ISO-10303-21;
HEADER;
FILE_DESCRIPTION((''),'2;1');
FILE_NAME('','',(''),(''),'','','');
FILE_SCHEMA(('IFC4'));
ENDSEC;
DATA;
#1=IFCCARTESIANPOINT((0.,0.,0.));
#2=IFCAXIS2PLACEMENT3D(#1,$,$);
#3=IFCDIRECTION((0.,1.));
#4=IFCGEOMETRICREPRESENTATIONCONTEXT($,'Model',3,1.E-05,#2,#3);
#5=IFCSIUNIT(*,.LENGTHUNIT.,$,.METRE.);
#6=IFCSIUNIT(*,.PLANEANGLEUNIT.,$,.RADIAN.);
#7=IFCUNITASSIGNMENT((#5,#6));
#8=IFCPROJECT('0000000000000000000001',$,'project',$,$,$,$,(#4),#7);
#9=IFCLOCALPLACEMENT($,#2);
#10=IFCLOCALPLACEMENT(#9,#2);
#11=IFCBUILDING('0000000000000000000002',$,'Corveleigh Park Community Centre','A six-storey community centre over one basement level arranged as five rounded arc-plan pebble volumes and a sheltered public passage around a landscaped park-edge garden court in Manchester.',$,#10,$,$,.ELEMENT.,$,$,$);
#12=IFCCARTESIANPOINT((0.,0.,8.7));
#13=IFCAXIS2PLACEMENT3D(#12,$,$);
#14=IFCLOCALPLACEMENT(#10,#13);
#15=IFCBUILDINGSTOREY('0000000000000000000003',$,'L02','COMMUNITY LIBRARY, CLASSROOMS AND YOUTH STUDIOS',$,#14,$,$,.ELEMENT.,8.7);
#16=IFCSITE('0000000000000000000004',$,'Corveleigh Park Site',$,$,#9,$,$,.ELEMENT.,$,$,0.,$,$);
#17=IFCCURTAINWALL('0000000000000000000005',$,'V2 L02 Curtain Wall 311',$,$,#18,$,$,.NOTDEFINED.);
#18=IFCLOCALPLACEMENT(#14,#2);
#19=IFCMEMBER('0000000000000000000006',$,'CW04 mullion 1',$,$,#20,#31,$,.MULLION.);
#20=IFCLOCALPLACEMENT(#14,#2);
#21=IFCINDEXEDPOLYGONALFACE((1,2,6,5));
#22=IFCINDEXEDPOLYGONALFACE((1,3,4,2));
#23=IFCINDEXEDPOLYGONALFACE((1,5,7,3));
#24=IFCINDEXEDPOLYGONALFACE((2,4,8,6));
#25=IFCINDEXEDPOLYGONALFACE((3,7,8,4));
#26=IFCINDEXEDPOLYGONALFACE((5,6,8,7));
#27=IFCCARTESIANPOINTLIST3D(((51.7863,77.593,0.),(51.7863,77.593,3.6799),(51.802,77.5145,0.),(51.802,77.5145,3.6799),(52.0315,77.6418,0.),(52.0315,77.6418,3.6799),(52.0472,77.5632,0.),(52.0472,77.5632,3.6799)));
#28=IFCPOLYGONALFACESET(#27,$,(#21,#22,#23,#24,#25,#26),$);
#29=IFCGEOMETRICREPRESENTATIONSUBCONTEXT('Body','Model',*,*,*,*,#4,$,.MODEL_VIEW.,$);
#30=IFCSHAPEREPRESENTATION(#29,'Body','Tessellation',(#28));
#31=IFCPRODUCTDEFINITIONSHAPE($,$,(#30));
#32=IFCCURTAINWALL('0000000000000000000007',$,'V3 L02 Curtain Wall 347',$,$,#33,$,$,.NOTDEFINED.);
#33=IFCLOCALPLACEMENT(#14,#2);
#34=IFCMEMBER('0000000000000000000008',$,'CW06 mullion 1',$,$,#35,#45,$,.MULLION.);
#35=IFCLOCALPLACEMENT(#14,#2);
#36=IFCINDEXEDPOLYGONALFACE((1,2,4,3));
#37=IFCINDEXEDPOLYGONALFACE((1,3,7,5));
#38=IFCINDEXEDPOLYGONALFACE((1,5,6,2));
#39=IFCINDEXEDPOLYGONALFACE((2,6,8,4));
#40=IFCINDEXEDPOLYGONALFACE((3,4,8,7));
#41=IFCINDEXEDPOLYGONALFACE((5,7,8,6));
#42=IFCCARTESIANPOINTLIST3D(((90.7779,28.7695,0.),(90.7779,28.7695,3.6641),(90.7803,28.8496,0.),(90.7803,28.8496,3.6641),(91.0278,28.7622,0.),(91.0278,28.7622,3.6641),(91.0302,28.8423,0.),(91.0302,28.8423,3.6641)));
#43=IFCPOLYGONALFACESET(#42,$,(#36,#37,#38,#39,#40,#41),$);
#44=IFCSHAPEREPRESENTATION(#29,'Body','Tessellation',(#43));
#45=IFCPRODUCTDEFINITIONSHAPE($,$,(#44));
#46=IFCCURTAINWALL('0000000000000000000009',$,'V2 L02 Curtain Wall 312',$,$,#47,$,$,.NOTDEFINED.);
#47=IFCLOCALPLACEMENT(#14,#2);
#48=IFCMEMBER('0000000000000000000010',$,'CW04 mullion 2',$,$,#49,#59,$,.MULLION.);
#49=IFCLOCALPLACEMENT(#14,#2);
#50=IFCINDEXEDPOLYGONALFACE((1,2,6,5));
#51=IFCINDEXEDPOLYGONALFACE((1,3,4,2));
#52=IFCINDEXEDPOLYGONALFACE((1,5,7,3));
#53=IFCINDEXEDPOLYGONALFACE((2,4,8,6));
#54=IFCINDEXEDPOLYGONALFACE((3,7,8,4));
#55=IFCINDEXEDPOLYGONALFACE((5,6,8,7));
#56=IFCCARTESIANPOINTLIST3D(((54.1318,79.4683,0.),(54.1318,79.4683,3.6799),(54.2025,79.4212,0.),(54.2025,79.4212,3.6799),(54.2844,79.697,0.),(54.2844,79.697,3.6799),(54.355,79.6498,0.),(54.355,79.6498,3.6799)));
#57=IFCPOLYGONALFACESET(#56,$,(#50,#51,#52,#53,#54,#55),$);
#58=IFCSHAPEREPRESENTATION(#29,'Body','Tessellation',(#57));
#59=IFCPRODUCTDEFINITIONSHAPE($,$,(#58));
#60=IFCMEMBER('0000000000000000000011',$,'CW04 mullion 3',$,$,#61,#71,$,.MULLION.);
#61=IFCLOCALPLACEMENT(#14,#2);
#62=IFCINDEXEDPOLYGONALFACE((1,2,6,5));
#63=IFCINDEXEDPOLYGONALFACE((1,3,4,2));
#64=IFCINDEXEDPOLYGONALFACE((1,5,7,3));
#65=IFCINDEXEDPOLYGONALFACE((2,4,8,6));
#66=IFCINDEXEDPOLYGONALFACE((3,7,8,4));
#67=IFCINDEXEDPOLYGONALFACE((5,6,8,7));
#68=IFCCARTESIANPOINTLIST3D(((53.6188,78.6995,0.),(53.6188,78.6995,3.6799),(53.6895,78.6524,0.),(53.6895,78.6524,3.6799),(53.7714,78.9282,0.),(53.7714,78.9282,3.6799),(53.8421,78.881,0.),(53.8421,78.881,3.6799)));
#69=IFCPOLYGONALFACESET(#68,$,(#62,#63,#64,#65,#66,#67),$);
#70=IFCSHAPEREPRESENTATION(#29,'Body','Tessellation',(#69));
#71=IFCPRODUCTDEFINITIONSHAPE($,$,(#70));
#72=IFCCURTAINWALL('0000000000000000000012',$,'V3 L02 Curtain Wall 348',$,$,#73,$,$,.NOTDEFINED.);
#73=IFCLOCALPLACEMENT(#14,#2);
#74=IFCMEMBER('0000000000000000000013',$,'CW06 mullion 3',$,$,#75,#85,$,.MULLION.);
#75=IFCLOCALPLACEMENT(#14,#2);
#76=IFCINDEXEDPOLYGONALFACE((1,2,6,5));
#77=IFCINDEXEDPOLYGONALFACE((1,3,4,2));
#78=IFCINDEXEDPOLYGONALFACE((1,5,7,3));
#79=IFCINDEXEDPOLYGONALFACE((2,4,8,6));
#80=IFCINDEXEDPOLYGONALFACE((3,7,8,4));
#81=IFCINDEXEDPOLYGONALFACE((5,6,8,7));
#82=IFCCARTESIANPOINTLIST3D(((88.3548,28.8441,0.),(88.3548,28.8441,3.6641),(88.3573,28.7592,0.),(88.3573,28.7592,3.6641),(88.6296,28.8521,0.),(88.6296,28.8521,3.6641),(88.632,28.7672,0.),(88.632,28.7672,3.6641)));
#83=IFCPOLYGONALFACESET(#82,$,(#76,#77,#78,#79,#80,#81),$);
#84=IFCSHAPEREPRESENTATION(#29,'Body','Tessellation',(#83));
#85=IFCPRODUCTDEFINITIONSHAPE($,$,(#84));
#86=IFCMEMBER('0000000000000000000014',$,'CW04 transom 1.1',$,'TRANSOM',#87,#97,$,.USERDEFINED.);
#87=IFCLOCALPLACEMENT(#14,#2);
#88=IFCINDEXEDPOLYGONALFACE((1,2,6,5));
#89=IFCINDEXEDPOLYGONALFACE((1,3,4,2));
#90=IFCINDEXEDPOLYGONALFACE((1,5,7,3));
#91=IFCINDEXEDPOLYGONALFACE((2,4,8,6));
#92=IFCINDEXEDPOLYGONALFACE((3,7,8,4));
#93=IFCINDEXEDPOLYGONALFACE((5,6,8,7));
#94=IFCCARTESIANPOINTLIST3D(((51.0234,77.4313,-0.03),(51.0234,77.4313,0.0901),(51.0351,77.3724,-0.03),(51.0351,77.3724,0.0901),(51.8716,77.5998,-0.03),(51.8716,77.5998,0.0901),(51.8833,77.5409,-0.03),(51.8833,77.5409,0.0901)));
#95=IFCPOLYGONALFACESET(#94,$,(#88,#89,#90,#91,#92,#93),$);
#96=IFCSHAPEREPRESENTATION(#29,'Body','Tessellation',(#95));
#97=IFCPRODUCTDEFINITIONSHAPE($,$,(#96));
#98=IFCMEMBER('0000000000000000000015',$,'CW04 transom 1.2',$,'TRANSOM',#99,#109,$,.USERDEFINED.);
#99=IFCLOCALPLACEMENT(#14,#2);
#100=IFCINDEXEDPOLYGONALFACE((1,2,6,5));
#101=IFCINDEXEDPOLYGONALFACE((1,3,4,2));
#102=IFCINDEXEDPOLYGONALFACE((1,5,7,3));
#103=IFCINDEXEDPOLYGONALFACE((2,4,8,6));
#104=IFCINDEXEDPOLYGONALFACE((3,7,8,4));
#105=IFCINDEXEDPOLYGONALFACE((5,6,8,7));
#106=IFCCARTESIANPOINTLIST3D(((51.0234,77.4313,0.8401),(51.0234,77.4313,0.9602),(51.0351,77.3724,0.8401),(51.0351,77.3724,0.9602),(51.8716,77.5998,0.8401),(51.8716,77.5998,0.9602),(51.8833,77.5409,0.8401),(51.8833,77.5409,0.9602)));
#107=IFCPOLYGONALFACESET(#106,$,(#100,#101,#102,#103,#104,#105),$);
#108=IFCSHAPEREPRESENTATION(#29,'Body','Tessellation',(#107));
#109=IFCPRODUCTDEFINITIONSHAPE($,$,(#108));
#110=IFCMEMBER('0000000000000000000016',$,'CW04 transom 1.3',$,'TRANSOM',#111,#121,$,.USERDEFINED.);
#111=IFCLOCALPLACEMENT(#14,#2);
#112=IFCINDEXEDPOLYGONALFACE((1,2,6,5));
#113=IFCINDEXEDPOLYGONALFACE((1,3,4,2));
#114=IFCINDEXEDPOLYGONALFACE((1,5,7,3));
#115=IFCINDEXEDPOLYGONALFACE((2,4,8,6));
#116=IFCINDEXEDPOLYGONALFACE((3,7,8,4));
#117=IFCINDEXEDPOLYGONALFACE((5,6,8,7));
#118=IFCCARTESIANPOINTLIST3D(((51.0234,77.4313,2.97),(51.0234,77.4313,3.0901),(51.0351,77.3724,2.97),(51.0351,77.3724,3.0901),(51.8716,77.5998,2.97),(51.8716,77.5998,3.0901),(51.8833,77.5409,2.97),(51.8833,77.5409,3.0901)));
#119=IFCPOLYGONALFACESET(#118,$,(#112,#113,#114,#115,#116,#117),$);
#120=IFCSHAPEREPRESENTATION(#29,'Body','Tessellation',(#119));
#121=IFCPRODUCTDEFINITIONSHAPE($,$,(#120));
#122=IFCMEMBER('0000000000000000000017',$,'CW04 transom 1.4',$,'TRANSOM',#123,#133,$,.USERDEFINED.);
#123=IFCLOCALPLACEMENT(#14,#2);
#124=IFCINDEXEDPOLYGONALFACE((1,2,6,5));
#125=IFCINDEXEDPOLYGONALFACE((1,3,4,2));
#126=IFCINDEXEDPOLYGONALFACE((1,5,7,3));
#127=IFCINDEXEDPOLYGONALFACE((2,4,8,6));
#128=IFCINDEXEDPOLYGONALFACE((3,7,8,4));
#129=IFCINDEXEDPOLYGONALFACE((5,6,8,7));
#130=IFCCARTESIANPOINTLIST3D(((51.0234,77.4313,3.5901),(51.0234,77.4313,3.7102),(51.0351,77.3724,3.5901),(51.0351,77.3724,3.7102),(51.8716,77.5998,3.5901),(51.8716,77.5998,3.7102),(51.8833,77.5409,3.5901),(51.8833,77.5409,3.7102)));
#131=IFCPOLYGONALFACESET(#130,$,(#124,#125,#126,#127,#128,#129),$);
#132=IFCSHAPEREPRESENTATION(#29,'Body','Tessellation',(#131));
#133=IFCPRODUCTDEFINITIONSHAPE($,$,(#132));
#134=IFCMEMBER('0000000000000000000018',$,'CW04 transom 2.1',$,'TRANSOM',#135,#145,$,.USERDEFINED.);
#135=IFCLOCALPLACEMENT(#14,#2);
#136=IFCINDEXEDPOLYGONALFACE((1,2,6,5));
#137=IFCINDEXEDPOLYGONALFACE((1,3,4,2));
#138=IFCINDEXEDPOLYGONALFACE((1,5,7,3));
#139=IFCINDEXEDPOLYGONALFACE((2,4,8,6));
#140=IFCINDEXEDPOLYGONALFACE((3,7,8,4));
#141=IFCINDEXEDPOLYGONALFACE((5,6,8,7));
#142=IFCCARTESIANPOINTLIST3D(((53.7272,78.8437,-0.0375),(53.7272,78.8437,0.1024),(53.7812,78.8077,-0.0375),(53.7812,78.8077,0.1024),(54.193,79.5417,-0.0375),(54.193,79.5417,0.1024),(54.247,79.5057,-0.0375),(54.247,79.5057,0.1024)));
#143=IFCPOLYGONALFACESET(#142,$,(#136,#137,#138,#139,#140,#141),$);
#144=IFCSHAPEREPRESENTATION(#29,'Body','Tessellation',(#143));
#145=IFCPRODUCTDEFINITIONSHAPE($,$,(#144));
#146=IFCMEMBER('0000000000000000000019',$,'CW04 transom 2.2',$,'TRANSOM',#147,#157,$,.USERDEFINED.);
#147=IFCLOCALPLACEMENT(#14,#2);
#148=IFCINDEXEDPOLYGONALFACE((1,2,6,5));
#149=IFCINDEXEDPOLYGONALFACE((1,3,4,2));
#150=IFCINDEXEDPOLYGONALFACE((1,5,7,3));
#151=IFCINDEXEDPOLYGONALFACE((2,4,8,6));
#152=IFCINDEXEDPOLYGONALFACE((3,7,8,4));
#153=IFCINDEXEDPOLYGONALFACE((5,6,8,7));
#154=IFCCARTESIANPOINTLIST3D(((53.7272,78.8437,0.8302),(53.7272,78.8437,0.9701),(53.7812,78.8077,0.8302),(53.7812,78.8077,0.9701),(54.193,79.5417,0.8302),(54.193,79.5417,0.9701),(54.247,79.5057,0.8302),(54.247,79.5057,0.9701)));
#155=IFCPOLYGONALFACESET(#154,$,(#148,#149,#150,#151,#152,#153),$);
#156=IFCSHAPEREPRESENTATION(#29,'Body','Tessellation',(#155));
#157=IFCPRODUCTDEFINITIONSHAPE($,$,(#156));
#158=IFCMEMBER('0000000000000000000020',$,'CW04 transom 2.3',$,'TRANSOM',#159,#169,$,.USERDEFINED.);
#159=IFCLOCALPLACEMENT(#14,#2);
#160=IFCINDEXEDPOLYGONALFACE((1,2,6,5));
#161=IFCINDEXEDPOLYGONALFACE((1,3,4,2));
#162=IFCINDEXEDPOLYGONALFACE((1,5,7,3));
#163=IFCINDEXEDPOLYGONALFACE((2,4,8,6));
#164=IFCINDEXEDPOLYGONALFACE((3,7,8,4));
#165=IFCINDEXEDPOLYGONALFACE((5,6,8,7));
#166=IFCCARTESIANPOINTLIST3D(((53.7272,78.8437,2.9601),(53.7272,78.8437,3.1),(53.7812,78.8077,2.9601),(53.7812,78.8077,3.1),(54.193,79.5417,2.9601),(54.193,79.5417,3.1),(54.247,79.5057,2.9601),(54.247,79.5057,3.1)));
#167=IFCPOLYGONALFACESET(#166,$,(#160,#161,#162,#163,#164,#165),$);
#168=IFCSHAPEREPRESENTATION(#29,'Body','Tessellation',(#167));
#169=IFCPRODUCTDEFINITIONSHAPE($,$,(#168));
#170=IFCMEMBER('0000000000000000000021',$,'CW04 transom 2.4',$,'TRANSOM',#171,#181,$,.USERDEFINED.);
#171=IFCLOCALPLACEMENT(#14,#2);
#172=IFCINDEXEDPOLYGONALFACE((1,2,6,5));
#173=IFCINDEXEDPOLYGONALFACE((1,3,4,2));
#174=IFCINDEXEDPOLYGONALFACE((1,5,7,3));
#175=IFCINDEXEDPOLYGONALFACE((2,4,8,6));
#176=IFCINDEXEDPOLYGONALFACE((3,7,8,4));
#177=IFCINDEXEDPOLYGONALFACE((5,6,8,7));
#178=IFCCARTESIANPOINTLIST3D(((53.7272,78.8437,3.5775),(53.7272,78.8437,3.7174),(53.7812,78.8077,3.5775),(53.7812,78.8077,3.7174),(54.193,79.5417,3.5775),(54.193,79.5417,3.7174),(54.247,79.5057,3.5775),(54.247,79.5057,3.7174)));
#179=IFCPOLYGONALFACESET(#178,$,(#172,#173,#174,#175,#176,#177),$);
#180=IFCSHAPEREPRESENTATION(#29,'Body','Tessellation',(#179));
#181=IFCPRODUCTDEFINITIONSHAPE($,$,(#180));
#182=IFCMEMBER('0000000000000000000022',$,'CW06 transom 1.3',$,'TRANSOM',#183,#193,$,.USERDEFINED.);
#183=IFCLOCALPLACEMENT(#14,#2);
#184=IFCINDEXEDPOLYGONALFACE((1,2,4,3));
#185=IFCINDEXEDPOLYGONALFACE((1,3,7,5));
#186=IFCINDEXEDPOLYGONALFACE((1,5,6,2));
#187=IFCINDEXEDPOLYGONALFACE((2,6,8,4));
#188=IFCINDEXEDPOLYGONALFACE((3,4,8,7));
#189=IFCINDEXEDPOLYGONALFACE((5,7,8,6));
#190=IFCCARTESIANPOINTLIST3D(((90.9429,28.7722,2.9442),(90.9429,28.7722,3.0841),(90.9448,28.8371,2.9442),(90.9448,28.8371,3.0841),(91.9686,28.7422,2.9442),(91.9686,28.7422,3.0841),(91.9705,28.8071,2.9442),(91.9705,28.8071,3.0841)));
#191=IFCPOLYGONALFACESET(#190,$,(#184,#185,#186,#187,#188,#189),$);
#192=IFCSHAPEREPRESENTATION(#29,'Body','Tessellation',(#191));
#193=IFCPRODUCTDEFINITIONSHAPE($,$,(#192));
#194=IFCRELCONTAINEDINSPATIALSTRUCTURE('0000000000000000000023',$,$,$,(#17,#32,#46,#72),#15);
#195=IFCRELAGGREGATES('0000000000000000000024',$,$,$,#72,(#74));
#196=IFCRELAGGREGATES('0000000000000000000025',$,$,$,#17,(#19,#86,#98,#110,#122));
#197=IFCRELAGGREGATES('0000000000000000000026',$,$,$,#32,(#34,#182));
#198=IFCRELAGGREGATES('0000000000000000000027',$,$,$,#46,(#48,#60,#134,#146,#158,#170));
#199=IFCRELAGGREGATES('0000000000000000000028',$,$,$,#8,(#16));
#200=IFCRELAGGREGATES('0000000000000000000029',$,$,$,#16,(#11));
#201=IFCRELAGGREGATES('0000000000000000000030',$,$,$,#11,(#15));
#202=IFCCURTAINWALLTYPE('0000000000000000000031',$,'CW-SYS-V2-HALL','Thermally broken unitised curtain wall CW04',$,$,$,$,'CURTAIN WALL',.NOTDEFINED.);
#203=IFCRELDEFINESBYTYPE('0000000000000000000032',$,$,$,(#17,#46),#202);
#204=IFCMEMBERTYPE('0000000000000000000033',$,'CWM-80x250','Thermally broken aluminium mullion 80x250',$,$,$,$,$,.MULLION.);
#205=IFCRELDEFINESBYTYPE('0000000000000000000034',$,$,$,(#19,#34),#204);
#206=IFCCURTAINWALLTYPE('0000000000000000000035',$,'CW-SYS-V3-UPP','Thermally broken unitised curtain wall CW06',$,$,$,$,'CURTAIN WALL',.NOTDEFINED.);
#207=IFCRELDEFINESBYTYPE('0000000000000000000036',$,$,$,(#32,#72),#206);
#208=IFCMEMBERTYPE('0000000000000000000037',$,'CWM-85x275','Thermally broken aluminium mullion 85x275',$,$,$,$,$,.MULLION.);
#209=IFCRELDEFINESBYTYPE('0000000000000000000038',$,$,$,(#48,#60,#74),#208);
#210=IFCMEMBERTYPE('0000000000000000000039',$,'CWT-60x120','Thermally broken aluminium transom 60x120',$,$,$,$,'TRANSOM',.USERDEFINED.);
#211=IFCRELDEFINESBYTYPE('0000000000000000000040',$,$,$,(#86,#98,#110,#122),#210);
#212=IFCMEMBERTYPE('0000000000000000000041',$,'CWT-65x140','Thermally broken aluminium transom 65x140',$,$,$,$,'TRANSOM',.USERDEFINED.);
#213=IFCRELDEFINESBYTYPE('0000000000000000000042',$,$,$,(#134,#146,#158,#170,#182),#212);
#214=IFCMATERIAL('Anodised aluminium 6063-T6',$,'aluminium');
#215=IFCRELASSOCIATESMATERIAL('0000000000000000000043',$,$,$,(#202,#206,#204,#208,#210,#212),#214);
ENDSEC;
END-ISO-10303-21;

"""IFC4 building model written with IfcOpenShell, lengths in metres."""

from ifc_helpers import new_model, si_unit, direction, frame, origin, origin_2d, place, context, subcontext, project, spatial, rectangle, extrude, material, material_profile, profile_set, type_object, element, aggregate, save


model = new_model("IFC4")

# Units and contexts
model_context = context("Model", 3, precision=1e-05, world=origin(), true_north=direction((0.0, 1.0)))
body_context = subcontext(model_context, "Body", "Model", "MODEL_VIEW")
ifc_project = project(units=[si_unit("LENGTHUNIT", "METRE"), si_unit("PLANEANGLEUNIT", "RADIAN")], contexts=[model_context])

# Site, building, storey
site_placement = place(None, origin())
site = spatial("IfcSite", under=ifc_project, at=site_placement, Name="Corveleigh Park Site", CompositionType="ELEMENT", RefElevation=0.0)
building_placement = place(site_placement, origin())
building = spatial("IfcBuilding", under=site, at=building_placement, Name="Corveleigh Park Community Centre", Description="A six-storey community centre over one basement level arranged as five rounded arc-plan pebble volumes and a sheltered public passage around a landscaped park-edge garden court in Manchester.", CompositionType="ELEMENT")
storey_placement = place(building_placement, frame((0.0, 0.0, 8.7)))
storey = spatial("IfcBuildingStorey", under=building, at=storey_placement, Name="L02", Description="COMMUNITY LIBRARY, CLASSROOMS AND YOUTH STUDIOS", CompositionType="ELEMENT", Elevation=8.7)

# Curtain walls, members
ifc_material_1 = material(Name="Anodised aluminium 6063-T6", Category="aluminium")
curtain_wall_type_1 = type_object("IfcCurtainWallType", Name="CW-SYS-V2-HALL", Description="Thermally broken unitised curtain wall CW04", ElementType="CURTAIN WALL", PredefinedType="NOTDEFINED", material=ifc_material_1)
curtain_wall_1_placement = place(storey_placement, origin())
curtain_wall_1 = element("IfcCurtainWall", 1, at=curtain_wall_1_placement, inside=storey, type_object=curtain_wall_type_1, Name="V2 L02 Curtain Wall 311", PredefinedType="NOTDEFINED")
ifc_material_profile_1 = material_profile(ifc_material_1, rectangle(XDim=0.0801, YDim=0.25, at=origin_2d()), Name="ALU-M80x250", Category="aluminium")
ifc_profile_set_1 = profile_set([ifc_material_profile_1], Name="Anodised aluminium 6063-T6")
member_type_1 = type_object("IfcMemberType", Name="CWM-80x250", Description="Thermally broken aluminium mullion 80x250", PredefinedType="MULLION", material=ifc_profile_set_1)
member_1_placement = place(storey_placement, frame((51.9167, 77.5781, 0.0), z_axis=(0.0, 0.0, 1.0), x_axis=(0.194944, -0.980814, 0.0)))
member_1 = element("IfcMember", 2, at=member_1_placement, type_object=member_type_1, Name="CW04 mullion 1", PredefinedType="MULLION", context=body_context, shape_type="SweptSolid", body=[
    extrude(rectangle(XDim=0.0801, YDim=0.25, at=origin_2d()), origin(), (0.0, 0.0, 1.0), 3.6799),
])
curtain_wall_type_2 = type_object("IfcCurtainWallType", Name="CW-SYS-V3-UPP", Description="Thermally broken unitised curtain wall CW06", ElementType="CURTAIN WALL", PredefinedType="NOTDEFINED", material=ifc_material_1)
curtain_wall_2_placement = place(storey_placement, origin())
curtain_wall_2 = element("IfcCurtainWall", 3, at=curtain_wall_2_placement, inside=storey, type_object=curtain_wall_type_2, Name="V3 L02 Curtain Wall 347", PredefinedType="NOTDEFINED")
member_2_placement = place(storey_placement, frame((90.9041, 28.8059, 0.0), z_axis=(0.0, 0.0, 1.0), x_axis=(0.029232, 0.999573, 0.0)))
member_2 = element("IfcMember", 4, at=member_2_placement, type_object=member_type_1, Name="CW06 mullion 1", PredefinedType="MULLION", context=body_context, shape_type="SweptSolid", body=[
    extrude(rectangle(XDim=0.0801, YDim=0.25, at=origin_2d()), origin(), (0.0, 0.0, 1.0), 3.6641),
])

# Curtain wall, members
curtain_wall_3_placement = place(storey_placement, origin())
curtain_wall_3 = element("IfcCurtainWall", 5, at=curtain_wall_3_placement, inside=storey, type_object=curtain_wall_type_1, Name="V2 L02 Curtain Wall 312", PredefinedType="NOTDEFINED")
ifc_material_profile_2 = material_profile(ifc_material_1, rectangle(XDim=0.085, YDim=0.2749, at=origin_2d()), Name="ALU-M85x275", Category="aluminium")
ifc_profile_set_2 = profile_set([ifc_material_profile_2], Name="Anodised aluminium 6063-T6")
member_type_2 = type_object("IfcMemberType", Name="CWM-85x275", Description="Thermally broken aluminium mullion 85x275", PredefinedType="MULLION", material=ifc_profile_set_2)
member_3_placement = place(storey_placement, frame((54.2434, 79.5591, 0.0), z_axis=(0.0, 0.0, 1.0), x_axis=(0.831811, -0.555058, 0.0)))
member_3 = element("IfcMember", 6, at=member_3_placement, type_object=member_type_2, Name="CW04 mullion 2", PredefinedType="MULLION", context=body_context, shape_type="SweptSolid", body=[
    extrude(rectangle(XDim=0.085, YDim=0.2749, at=origin_2d()), origin(), (0.0, 0.0, 1.0), 3.6799),
])
member_4_placement = place(storey_placement, frame((53.7305, 78.7903, 0.0), z_axis=(0.0, 0.0, 1.0), x_axis=(0.831811, -0.555058, 0.0)))
member_4 = element("IfcMember", 7, at=member_4_placement, type_object=member_type_2, Name="CW04 mullion 3", PredefinedType="MULLION", context=body_context, shape_type="SweptSolid", body=[
    extrude(rectangle(XDim=0.085, YDim=0.2749, at=origin_2d()), origin(), (0.0, 0.0, 1.0), 3.6799),
])

# Curtain wall, member
curtain_wall_4_placement = place(storey_placement, origin())
curtain_wall_4 = element("IfcCurtainWall", 8, at=curtain_wall_4_placement, inside=storey, type_object=curtain_wall_type_2, Name="V3 L02 Curtain Wall 348", PredefinedType="NOTDEFINED")
member_5_placement = place(storey_placement, frame((88.4934, 28.8057, 0.0), z_axis=(0.0, 0.0, 1.0), x_axis=(-0.029232, 0.999573, 0.0)))
member_5 = element("IfcMember", 9, at=member_5_placement, type_object=member_type_2, Name="CW06 mullion 3", PredefinedType="MULLION", context=body_context, shape_type="SweptSolid", body=[
    extrude(rectangle(XDim=0.085, YDim=0.2749, at=origin_2d()), origin(), (0.0, 0.0, 1.0), 3.6641),
])
aggregate(curtain_wall_4, [member_5])

# Members
ifc_material_profile_3 = material_profile(ifc_material_1, rectangle(XDim=0.0601, YDim=0.1201, at=origin_2d()), Name="ALU-T60x120", Category="aluminium")
ifc_profile_set_3 = profile_set([ifc_material_profile_3], Name="Anodised aluminium 6063-T6")
member_type_3 = type_object("IfcMemberType", Name="CWT-60x120", Description="Thermally broken aluminium transom 60x120", ElementType="TRANSOM", PredefinedType="USERDEFINED", material=ifc_profile_set_3)
member_6_placement = place(storey_placement, frame((51.8774, 77.5703, 0.03), z_axis=(-0.98084, -0.194813, 0.0), x_axis=(0.194813, -0.98084, 0.0)))
member_6 = element("IfcMember", 10, at=member_6_placement, type_object=member_type_3, Name="CW04 transom 1.1", ObjectType="TRANSOM", PredefinedType="USERDEFINED", context=body_context, shape_type="SweptSolid", body=[
    extrude(rectangle(XDim=0.0601, YDim=0.1201, at=origin_2d()), origin(), (0.0, 0.0, 1.0), 0.8647),
])
member_7_placement = place(storey_placement, frame((51.8774, 77.5703, 0.9001), z_axis=(-0.98084, -0.194813, 0.0), x_axis=(0.194813, -0.98084, 0.0)))
member_7 = element("IfcMember", 11, at=member_7_placement, type_object=member_type_3, Name="CW04 transom 1.2", ObjectType="TRANSOM", PredefinedType="USERDEFINED", context=body_context, shape_type="SweptSolid", body=[
    extrude(rectangle(XDim=0.0601, YDim=0.1201, at=origin_2d()), origin(), (0.0, 0.0, 1.0), 0.8647),
])
member_8_placement = place(storey_placement, frame((51.8774, 77.5703, 3.03), z_axis=(-0.98084, -0.194813, 0.0), x_axis=(0.194813, -0.98084, 0.0)))
member_8 = element("IfcMember", 12, at=member_8_placement, type_object=member_type_3, Name="CW04 transom 1.3", ObjectType="TRANSOM", PredefinedType="USERDEFINED", context=body_context, shape_type="SweptSolid", body=[
    extrude(rectangle(XDim=0.0601, YDim=0.1201, at=origin_2d()), origin(), (0.0, 0.0, 1.0), 0.8647),
])
member_9_placement = place(storey_placement, frame((51.8774, 77.5703, 3.6501), z_axis=(-0.98084, -0.194813, 0.0), x_axis=(0.194813, -0.98084, 0.0)))
member_9 = element("IfcMember", 13, at=member_9_placement, type_object=member_type_3, Name="CW04 transom 1.4", ObjectType="TRANSOM", PredefinedType="USERDEFINED", context=body_context, shape_type="SweptSolid", body=[
    extrude(rectangle(XDim=0.0601, YDim=0.1201, at=origin_2d()), origin(), (0.0, 0.0, 1.0), 0.8647),
])
aggregate(curtain_wall_1, [member_1, member_6, member_7, member_8, member_9])
ifc_material_profile_4 = material_profile(ifc_material_1, rectangle(XDim=0.0649, YDim=0.1399, at=origin_2d()), Name="ALU-T65x140", Category="aluminium")
ifc_profile_set_4 = profile_set([ifc_material_profile_4], Name="Anodised aluminium 6063-T6")
member_type_4 = type_object("IfcMemberType", Name="CWT-65x140", Description="Thermally broken aluminium transom 65x140", ElementType="TRANSOM", PredefinedType="USERDEFINED", material=ifc_profile_set_4)
member_10_placement = place(storey_placement, frame((54.22, 79.5237, 0.0325), z_axis=(-0.555103, -0.831782, 0.0), x_axis=(0.831782, -0.555103, 0.0)))
member_10 = element("IfcMember", 14, at=member_10_placement, type_object=member_type_4, Name="CW04 transom 2.1", ObjectType="TRANSOM", PredefinedType="USERDEFINED", context=body_context, shape_type="SweptSolid", body=[
    extrude(rectangle(XDim=0.0649, YDim=0.1399, at=origin_2d()), origin(), (0.0, 0.0, 1.0), 0.8391),
])
member_11_placement = place(storey_placement, frame((54.22, 79.5237, 0.9001), z_axis=(-0.555103, -0.831782, 0.0), x_axis=(0.831782, -0.555103, 0.0)))
member_11 = element("IfcMember", 15, at=member_11_placement, type_object=member_type_4, Name="CW04 transom 2.2", ObjectType="TRANSOM", PredefinedType="USERDEFINED", context=body_context, shape_type="SweptSolid", body=[
    extrude(rectangle(XDim=0.0649, YDim=0.1399, at=origin_2d()), origin(), (0.0, 0.0, 1.0), 0.8391),
])
member_12_placement = place(storey_placement, frame((54.22, 79.5237, 3.03), z_axis=(-0.555103, -0.831782, 0.0), x_axis=(0.831782, -0.555103, 0.0)))
member_12 = element("IfcMember", 16, at=member_12_placement, type_object=member_type_4, Name="CW04 transom 2.3", ObjectType="TRANSOM", PredefinedType="USERDEFINED", context=body_context, shape_type="SweptSolid", body=[
    extrude(rectangle(XDim=0.0649, YDim=0.1399, at=origin_2d()), origin(), (0.0, 0.0, 1.0), 0.8391),
])
member_13_placement = place(storey_placement, frame((54.22, 79.5237, 3.6475), z_axis=(-0.555103, -0.831782, 0.0), x_axis=(0.831782, -0.555103, 0.0)))
member_13 = element("IfcMember", 17, at=member_13_placement, type_object=member_type_4, Name="CW04 transom 2.4", ObjectType="TRANSOM", PredefinedType="USERDEFINED", context=body_context, shape_type="SweptSolid", body=[
    extrude(rectangle(XDim=0.0649, YDim=0.1399, at=origin_2d()), origin(), (0.0, 0.0, 1.0), 0.8391),
])
member_14_placement = place(storey_placement, frame((90.9438, 28.8047, 3.0142), z_axis=(0.999572, -0.029266, 0.0), x_axis=(0.029266, 0.999572, 0.0)))
member_14 = element("IfcMember", 18, at=member_14_placement, type_object=member_type_4, Name="CW06 transom 1.3", ObjectType="TRANSOM", PredefinedType="USERDEFINED", context=body_context, shape_type="SweptSolid", body=[
    extrude(rectangle(XDim=0.0649, YDim=0.1399, at=origin_2d()), origin(), (0.0, 0.0, 1.0), 1.0261),
])
aggregate(curtain_wall_2, [member_2, member_14])

aggregate(curtain_wall_3, [member_3, member_4, member_10, member_11, member_12, member_13])

save(model, "model.ifc")
